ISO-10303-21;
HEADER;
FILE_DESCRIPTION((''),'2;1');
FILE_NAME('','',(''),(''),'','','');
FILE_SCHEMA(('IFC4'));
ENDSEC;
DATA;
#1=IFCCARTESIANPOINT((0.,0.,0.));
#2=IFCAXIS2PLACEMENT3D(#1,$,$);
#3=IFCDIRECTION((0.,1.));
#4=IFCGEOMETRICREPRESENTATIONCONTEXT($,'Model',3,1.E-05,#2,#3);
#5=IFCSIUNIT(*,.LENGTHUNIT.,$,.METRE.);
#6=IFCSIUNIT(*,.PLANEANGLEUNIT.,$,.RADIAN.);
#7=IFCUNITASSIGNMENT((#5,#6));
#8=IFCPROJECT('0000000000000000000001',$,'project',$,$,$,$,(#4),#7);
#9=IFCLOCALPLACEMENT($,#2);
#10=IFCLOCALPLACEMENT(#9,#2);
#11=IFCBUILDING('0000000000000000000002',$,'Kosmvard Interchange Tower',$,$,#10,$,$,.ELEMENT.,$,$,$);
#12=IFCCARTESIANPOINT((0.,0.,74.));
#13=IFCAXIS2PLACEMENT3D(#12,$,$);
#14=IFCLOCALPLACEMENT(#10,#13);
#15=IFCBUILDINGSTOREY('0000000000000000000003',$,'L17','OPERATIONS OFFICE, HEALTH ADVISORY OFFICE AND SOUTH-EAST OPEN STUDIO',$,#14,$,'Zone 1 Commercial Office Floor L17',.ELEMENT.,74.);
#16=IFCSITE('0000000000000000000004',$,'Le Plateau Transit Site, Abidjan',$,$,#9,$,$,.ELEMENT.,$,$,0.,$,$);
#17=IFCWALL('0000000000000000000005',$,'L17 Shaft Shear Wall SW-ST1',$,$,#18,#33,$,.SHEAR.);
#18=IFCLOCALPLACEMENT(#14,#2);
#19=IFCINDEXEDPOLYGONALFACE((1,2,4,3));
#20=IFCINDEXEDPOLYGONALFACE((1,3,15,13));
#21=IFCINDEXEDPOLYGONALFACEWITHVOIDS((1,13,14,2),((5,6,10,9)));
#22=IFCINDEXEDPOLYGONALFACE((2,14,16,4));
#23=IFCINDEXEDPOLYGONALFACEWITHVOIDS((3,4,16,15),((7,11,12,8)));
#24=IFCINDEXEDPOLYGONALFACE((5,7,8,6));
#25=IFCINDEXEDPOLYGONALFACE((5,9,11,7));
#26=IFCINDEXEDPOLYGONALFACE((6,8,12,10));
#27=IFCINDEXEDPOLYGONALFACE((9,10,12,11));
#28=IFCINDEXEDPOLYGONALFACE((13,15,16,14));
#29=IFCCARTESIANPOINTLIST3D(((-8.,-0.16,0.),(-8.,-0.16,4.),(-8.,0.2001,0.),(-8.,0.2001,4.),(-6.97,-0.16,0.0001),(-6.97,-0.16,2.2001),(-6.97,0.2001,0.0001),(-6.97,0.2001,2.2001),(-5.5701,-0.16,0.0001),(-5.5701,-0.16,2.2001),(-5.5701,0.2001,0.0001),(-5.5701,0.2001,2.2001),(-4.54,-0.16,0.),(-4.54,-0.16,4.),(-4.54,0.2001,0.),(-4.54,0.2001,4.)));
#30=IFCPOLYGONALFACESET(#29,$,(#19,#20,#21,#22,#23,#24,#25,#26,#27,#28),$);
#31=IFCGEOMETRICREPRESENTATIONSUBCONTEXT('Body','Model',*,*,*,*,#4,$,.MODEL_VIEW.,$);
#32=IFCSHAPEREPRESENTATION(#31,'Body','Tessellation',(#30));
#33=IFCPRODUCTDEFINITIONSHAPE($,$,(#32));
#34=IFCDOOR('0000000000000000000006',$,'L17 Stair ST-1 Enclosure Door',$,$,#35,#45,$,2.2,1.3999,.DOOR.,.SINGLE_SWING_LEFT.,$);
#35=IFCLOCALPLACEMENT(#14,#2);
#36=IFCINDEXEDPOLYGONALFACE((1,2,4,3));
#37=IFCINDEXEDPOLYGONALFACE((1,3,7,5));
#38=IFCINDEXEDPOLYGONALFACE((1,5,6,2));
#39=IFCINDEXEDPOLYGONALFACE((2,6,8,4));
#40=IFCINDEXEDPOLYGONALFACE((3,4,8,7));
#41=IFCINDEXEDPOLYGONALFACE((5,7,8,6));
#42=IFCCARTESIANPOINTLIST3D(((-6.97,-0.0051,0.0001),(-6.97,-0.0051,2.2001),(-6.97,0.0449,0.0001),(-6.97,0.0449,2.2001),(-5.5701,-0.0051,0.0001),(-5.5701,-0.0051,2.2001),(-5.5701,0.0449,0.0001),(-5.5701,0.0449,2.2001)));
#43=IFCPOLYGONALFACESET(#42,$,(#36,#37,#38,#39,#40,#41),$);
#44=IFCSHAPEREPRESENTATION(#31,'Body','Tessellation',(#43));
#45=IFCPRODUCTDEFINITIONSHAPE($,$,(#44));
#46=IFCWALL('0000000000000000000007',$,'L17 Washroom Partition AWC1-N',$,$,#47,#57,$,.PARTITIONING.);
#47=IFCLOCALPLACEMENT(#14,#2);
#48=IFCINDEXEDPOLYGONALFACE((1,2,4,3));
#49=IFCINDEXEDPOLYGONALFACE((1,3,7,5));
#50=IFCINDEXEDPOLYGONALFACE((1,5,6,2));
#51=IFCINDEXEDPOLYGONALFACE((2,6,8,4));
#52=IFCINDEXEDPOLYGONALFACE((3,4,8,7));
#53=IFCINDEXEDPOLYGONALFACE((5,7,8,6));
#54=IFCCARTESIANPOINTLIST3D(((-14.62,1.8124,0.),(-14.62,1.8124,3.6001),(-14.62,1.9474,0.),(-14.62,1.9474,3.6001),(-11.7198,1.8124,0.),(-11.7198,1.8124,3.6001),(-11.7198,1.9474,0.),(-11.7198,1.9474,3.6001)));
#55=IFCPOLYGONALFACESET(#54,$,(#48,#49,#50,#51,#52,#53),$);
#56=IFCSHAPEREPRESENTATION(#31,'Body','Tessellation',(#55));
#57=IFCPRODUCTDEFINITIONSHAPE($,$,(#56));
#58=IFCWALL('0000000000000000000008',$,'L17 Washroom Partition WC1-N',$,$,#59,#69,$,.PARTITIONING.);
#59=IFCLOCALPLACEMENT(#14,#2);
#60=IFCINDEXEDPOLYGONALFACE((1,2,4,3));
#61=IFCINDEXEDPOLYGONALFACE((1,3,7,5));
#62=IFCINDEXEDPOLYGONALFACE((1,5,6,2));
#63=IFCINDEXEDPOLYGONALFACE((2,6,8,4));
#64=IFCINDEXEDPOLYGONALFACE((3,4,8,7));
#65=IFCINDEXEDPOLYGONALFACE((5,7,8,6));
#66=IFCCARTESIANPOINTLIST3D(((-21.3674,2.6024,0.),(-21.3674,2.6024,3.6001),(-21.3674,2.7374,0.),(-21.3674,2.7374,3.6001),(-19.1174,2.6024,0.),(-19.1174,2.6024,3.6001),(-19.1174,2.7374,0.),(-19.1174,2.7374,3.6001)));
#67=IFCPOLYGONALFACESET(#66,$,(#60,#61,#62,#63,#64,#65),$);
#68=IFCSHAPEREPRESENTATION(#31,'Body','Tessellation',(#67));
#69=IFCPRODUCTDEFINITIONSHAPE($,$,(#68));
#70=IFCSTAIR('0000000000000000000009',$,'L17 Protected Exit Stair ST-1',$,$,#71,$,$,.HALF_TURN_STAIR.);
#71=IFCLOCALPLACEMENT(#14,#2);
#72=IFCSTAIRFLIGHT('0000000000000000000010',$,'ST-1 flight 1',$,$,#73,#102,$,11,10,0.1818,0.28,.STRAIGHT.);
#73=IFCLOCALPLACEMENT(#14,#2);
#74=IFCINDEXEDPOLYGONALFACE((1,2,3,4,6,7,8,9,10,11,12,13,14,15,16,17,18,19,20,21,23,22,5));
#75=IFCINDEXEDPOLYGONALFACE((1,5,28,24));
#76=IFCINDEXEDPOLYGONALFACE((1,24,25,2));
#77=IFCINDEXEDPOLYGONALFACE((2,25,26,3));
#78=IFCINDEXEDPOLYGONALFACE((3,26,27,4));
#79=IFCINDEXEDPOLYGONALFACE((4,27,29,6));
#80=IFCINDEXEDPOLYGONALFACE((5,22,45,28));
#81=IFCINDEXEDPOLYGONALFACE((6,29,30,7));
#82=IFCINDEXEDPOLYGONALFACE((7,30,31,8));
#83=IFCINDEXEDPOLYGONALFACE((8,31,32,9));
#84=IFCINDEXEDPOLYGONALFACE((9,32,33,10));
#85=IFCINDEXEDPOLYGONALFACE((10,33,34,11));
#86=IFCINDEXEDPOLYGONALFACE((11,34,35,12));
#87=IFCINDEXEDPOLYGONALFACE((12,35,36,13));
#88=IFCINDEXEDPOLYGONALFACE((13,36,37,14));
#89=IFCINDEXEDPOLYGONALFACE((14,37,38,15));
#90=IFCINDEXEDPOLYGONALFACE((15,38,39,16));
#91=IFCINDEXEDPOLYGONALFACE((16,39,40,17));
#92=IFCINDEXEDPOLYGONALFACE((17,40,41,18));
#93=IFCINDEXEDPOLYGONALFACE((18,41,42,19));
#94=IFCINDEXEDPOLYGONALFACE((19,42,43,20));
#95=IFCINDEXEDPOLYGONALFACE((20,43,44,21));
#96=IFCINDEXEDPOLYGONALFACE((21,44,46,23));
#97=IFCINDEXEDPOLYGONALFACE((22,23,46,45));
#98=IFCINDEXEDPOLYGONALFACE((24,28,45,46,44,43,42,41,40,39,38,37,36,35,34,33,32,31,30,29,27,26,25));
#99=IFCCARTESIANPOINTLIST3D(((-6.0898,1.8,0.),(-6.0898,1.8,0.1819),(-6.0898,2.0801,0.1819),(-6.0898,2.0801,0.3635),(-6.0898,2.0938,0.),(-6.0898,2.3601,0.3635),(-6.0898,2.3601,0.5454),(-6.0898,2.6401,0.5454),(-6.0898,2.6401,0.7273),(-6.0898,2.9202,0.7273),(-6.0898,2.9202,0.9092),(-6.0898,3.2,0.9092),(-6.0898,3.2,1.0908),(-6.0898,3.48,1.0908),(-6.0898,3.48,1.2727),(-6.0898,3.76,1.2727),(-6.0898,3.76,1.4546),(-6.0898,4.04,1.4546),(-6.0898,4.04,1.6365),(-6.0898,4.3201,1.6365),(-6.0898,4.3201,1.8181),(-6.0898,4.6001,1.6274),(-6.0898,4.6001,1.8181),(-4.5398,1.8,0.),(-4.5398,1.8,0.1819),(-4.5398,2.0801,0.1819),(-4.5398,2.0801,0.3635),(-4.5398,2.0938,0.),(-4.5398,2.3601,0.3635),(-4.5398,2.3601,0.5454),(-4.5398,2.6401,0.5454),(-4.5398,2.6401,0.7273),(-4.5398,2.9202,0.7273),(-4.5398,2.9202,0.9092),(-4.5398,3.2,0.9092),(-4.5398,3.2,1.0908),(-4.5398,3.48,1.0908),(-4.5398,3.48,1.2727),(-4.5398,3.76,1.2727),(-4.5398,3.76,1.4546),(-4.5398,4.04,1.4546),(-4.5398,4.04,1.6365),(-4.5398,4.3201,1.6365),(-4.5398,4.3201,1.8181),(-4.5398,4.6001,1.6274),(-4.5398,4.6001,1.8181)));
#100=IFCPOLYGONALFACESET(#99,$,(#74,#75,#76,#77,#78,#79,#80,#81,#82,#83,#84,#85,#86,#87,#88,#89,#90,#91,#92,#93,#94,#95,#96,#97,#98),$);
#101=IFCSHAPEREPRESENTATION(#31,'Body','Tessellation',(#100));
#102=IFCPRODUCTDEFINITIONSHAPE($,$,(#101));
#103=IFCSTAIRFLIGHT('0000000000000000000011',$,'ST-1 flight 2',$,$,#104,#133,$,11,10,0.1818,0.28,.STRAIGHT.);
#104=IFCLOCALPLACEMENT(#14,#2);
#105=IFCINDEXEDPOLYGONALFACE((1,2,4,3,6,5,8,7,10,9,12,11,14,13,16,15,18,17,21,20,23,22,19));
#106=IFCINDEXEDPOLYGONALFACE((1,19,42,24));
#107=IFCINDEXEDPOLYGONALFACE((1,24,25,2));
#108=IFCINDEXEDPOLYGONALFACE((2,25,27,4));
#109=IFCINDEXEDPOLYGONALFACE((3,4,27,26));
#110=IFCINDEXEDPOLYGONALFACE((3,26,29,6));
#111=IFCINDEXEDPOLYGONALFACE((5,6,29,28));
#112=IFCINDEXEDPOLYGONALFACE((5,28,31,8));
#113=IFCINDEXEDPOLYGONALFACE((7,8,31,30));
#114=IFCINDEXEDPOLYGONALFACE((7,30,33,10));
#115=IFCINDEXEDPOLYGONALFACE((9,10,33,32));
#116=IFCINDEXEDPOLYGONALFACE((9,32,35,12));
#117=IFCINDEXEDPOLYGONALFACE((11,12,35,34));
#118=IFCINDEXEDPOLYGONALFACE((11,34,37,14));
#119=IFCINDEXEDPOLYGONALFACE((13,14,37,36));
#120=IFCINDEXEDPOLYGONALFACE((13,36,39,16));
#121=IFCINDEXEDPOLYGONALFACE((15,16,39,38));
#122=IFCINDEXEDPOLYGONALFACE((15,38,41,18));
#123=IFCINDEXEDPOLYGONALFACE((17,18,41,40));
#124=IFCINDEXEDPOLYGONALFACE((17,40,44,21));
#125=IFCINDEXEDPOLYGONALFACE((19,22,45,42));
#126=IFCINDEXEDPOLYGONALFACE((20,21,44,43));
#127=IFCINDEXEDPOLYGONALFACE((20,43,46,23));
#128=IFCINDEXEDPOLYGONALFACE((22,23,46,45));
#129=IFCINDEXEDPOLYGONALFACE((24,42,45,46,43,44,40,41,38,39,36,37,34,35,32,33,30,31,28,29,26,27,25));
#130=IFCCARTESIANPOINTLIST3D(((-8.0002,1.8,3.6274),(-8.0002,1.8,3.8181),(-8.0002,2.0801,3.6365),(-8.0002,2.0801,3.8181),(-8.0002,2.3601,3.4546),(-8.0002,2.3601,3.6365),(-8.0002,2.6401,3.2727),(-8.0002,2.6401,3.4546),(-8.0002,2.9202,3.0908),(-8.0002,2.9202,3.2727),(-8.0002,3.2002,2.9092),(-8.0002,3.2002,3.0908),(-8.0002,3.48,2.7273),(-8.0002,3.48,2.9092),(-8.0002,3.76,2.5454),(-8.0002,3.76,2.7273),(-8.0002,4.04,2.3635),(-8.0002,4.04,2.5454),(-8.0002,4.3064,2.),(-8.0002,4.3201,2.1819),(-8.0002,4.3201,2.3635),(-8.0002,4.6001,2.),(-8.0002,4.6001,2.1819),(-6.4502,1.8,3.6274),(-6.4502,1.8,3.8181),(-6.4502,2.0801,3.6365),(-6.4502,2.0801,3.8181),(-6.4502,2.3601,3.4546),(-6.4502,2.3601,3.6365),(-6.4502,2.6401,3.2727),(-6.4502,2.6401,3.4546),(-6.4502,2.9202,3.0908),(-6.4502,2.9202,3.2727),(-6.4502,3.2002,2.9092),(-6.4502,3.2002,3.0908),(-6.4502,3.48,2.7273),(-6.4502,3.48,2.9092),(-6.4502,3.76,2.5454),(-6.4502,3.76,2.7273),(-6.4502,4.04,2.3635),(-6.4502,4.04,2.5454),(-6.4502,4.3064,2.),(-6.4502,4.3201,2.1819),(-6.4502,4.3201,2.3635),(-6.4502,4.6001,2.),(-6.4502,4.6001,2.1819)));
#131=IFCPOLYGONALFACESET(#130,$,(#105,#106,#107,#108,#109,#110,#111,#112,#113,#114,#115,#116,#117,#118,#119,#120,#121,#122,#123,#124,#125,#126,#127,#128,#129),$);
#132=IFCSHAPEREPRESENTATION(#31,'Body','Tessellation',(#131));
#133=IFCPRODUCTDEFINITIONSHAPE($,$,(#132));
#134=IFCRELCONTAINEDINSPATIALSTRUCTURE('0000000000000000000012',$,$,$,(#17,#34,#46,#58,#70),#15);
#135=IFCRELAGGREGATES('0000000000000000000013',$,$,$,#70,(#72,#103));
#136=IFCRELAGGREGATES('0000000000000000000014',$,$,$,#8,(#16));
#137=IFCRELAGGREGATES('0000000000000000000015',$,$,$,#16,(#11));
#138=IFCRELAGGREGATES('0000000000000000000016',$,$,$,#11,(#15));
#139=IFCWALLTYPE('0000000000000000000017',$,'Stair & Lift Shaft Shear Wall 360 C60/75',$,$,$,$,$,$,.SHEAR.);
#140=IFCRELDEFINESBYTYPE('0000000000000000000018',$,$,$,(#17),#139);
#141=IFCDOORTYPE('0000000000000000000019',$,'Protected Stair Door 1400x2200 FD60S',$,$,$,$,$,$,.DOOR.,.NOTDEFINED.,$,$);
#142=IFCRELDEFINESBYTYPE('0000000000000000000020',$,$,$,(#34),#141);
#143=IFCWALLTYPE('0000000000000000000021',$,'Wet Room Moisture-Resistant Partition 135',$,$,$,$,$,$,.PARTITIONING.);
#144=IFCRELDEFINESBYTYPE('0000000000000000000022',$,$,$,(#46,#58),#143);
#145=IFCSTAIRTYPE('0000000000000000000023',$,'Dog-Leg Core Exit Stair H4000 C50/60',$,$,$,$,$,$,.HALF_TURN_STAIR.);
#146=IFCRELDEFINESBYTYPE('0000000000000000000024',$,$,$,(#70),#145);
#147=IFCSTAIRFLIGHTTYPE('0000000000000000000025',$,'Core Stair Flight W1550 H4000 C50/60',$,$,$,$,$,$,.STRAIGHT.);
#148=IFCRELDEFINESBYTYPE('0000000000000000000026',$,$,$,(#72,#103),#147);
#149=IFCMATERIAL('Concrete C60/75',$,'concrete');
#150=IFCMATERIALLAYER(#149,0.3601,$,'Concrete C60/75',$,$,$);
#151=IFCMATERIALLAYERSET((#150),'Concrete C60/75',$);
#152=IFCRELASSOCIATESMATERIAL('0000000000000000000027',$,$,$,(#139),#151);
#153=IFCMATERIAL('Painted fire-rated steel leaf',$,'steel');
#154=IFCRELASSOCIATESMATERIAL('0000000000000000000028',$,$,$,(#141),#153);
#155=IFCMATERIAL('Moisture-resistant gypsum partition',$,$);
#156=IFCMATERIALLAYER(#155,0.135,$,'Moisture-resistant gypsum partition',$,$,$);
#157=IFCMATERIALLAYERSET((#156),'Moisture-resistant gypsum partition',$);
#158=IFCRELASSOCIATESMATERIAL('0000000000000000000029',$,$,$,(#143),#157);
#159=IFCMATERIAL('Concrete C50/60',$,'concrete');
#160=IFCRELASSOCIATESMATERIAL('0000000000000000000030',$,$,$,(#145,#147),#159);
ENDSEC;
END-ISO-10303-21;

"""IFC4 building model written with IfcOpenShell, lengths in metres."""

from ifc_helpers import new_model, si_unit, direction, frame, frame_2d, origin, place, context, subcontext, project, spatial, polyline, rectangle, outline, extrude, source, transform, mapped, material, layer, layer_set, type_object, element, fill, aggregate, save


model = new_model("IFC4")

# Units and contexts
model_context = context("Model", 3, precision=1e-05, world=origin(), true_north=direction((0.0, 1.0)))
body_context = subcontext(model_context, "Body", "Model", "MODEL_VIEW")
ifc_project = project(units=[si_unit("LENGTHUNIT", "METRE"), si_unit("PLANEANGLEUNIT", "RADIAN")], contexts=[model_context])

# Site, building, storey
site_placement = place(None, origin())
site = spatial("IfcSite", under=ifc_project, at=site_placement, Name="Le Plateau Transit Site, Abidjan", CompositionType="ELEMENT", RefElevation=0.0)
building_placement = place(site_placement, origin())
building = spatial("IfcBuilding", under=site, at=building_placement, Name="Kosmvard Interchange Tower", CompositionType="ELEMENT")
storey_placement = place(building_placement, frame((0.0, 0.0, 74.0)))
storey = spatial("IfcBuildingStorey", under=building, at=storey_placement, Name="L17", Description="OPERATIONS OFFICE, HEALTH ADVISORY OFFICE AND SOUTH-EAST OPEN STUDIO", LongName="Zone 1 Commercial Office Floor L17", CompositionType="ELEMENT", Elevation=74.0)

# Shared definitions
ifc_material_1 = material(Name="Concrete C60/75", Category="concrete")

# Wall, opening, door
ifc_layer_1 = layer(ifc_material_1, 0.3601, Name="Concrete C60/75")
ifc_layer_set_1 = layer_set([ifc_layer_1], Name="Concrete C60/75")
wall_type_1 = type_object("IfcWallType", Name="Stair & Lift Shaft Shear Wall 360 C60/75", PredefinedType="SHEAR", material=ifc_layer_set_1)
wall_1_placement = place(storey_placement, frame((-8.0, 0.02, 0.0), z_axis=(0.0, 0.0, 1.0), x_axis=(1.0, 0.0, 0.0)))
wall_1 = element("IfcWall", 1, at=wall_1_placement, inside=storey, type_object=wall_type_1, Name="L17 Shaft Shear Wall SW-ST1", PredefinedType="SHEAR", context=body_context, shape_type="SweptSolid", body=[
    extrude(rectangle(XDim=3.46, YDim=0.3601, at=frame_2d((1.73, 0.0))), origin(), (0.0, 0.0, 1.0), 4.0),
])
opening_1_placement = place(wall_1_placement, frame((1.03, 0.0, 0.0)))
opening_1 = element("IfcOpeningElement", 2, at=opening_1_placement, cuts=wall_1, PredefinedType="OPENING", context=body_context, shape_type="SweptSolid", body=[
    extrude(rectangle(XDim=1.3999, YDim=2.2, at=frame_2d((0.7, 1.1001))), frame((0.0, 0.1899, 0.0), z_axis=(0.0, -1.0, 0.0), x_axis=(1.0, 0.0, 0.0)), (0.0, 0.0, 1.0), 0.3801),
])
ifc_material_2 = material(Name="Painted fire-rated steel leaf", Category="steel")
door_type_1 = type_object("IfcDoorType", Name="Protected Stair Door 1400x2200 FD60S", OperationType="NOTDEFINED", PredefinedType="DOOR", material=ifc_material_2)
shared_shape_1 = source(origin(), body_context, "Body", "SweptSolid", [
    extrude(rectangle(XDim=1.3999, YDim=2.2, at=frame_2d((0.7, 1.1001))), frame((0.0, 0.0249, 0.0), z_axis=(0.0, -1.0, 0.0), x_axis=(1.0, 0.0, 0.0)), (0.0, 0.0, 1.0), 0.05),
])
door_1_placement = place(opening_1_placement, origin())
door_1 = element("IfcDoor", 3, at=door_1_placement, inside=storey, type_object=door_type_1, Name="L17 Stair ST-1 Enclosure Door", OperationType="SINGLE_SWING_LEFT", OverallHeight=2.2, OverallWidth=1.3999, PredefinedType="DOOR", context=body_context, shape_type="MappedRepresentation", body=[
    mapped(shared_shape_1, transform((0.0, 0.0, 0.0), scale=1.0)),
])
fill(opening_1, door_1)

# Walls
ifc_material_3 = material(Name="Moisture-resistant gypsum partition")
ifc_layer_2 = layer(ifc_material_3, 0.135, Name="Moisture-resistant gypsum partition")
ifc_layer_set_2 = layer_set([ifc_layer_2], Name="Moisture-resistant gypsum partition")
wall_type_2 = type_object("IfcWallType", Name="Wet Room Moisture-Resistant Partition 135", PredefinedType="PARTITIONING", material=ifc_layer_set_2)
wall_2_placement = place(storey_placement, frame((-14.6201, 1.8799, 0.0), z_axis=(0.0, 0.0, 1.0), x_axis=(1.0, 0.0, 0.0)))
element("IfcWall", 4, at=wall_2_placement, inside=storey, type_object=wall_type_2, Name="L17 Washroom Partition AWC1-N", PredefinedType="PARTITIONING", context=body_context, shape_type="SweptSolid", body=[
    extrude(rectangle(XDim=2.9001, YDim=0.135, at=frame_2d((1.4502, 0.0))), origin(), (0.0, 0.0, 1.0), 3.6001),
])
wall_3_placement = place(storey_placement, frame((-21.3674, 2.6699, 0.0), z_axis=(0.0, 0.0, 1.0), x_axis=(1.0, 0.0, 0.0)))
element("IfcWall", 5, at=wall_3_placement, inside=storey, type_object=wall_type_2, Name="L17 Washroom Partition WC1-N", PredefinedType="PARTITIONING", context=body_context, shape_type="SweptSolid", body=[
    extrude(rectangle(XDim=2.25, YDim=0.135, at=frame_2d((1.125, 0.0))), origin(), (0.0, 0.0, 1.0), 3.6001),
])

# Stair, stair flights
ifc_material_4 = material(Name="Concrete C50/60", Category="concrete")
stair_type = type_object("IfcStairType", Name="Dog-Leg Core Exit Stair H4000 C50/60", PredefinedType="HALF_TURN_STAIR", material=ifc_material_4)
stair_placement = place(storey_placement, origin())
stair = element("IfcStair", 6, at=stair_placement, inside=storey, type_object=stair_type, Name="L17 Protected Exit Stair ST-1", PredefinedType="HALF_TURN_STAIR")
stair_flight_type = type_object("IfcStairFlightType", Name="Core Stair Flight W1550 H4000 C50/60", PredefinedType="STRAIGHT", material=ifc_material_4)
shared_shape_2 = source(origin(), body_context, "Body", "SweptSolid", [
    extrude(outline(polyline([(0.0, 0.0), (0.0, 0.1819), (0.28, 0.1819), (0.28, 0.3635), (0.5601, 0.3635), (0.5601, 0.5454), (0.8401, 0.5454), (0.8401, 0.7273), (1.1201, 0.7273), (1.1201, 0.9092), (1.3999, 0.9092), (1.3999, 1.0908), (1.6799, 1.0908), (1.6799, 1.2727), (1.96, 1.2727), (1.96, 1.4546), (2.24, 1.4546), (2.24, 1.6365), (2.52, 1.6365), (2.52, 1.8181), (2.8, 1.8181), (2.8, 2.0), (2.8, 1.6274), (0.2937, 0.0), (0.0, 0.0)])), frame((0.0, 0.7749, 0.0), z_axis=(0.0, -1.0, 0.0), x_axis=(1.0, 0.0, 0.0)), (0.0, 0.0, 1.0), 1.55),
])
stair_flight_1_placement = place(storey_placement, frame((-5.3149, 1.8, 0.0), z_axis=(0.0, 0.0, 1.0), x_axis=(0.0, 1.0, 0.0)))
stair_flight_1 = element("IfcStairFlight", 7, at=stair_flight_1_placement, type_object=stair_flight_type, Name="ST-1 flight 1", NumberOfRisers=11, NumberOfTreads=10, PredefinedType="STRAIGHT", RiserHeight=0.1818, TreadLength=0.28, context=body_context, shape_type="MappedRepresentation", body=[
    mapped(shared_shape_2, transform((0.0, 0.0, 0.0), scale=1.0)),
])
stair_flight_2_placement = place(storey_placement, frame((-7.2251, 4.6001, 2.0), z_axis=(0.0, 0.0, 1.0), x_axis=(0.0, -1.0, 0.0)))
stair_flight_2 = element("IfcStairFlight", 8, at=stair_flight_2_placement, type_object=stair_flight_type, Name="ST-1 flight 2", NumberOfRisers=11, NumberOfTreads=10, PredefinedType="STRAIGHT", RiserHeight=0.1818, TreadLength=0.28, context=body_context, shape_type="MappedRepresentation", body=[
    mapped(shared_shape_2, transform((0.0, 0.0, 0.0), scale=1.0)),
])
aggregate(stair, [stair_flight_1, stair_flight_2])

save(model, "model.ifc")
